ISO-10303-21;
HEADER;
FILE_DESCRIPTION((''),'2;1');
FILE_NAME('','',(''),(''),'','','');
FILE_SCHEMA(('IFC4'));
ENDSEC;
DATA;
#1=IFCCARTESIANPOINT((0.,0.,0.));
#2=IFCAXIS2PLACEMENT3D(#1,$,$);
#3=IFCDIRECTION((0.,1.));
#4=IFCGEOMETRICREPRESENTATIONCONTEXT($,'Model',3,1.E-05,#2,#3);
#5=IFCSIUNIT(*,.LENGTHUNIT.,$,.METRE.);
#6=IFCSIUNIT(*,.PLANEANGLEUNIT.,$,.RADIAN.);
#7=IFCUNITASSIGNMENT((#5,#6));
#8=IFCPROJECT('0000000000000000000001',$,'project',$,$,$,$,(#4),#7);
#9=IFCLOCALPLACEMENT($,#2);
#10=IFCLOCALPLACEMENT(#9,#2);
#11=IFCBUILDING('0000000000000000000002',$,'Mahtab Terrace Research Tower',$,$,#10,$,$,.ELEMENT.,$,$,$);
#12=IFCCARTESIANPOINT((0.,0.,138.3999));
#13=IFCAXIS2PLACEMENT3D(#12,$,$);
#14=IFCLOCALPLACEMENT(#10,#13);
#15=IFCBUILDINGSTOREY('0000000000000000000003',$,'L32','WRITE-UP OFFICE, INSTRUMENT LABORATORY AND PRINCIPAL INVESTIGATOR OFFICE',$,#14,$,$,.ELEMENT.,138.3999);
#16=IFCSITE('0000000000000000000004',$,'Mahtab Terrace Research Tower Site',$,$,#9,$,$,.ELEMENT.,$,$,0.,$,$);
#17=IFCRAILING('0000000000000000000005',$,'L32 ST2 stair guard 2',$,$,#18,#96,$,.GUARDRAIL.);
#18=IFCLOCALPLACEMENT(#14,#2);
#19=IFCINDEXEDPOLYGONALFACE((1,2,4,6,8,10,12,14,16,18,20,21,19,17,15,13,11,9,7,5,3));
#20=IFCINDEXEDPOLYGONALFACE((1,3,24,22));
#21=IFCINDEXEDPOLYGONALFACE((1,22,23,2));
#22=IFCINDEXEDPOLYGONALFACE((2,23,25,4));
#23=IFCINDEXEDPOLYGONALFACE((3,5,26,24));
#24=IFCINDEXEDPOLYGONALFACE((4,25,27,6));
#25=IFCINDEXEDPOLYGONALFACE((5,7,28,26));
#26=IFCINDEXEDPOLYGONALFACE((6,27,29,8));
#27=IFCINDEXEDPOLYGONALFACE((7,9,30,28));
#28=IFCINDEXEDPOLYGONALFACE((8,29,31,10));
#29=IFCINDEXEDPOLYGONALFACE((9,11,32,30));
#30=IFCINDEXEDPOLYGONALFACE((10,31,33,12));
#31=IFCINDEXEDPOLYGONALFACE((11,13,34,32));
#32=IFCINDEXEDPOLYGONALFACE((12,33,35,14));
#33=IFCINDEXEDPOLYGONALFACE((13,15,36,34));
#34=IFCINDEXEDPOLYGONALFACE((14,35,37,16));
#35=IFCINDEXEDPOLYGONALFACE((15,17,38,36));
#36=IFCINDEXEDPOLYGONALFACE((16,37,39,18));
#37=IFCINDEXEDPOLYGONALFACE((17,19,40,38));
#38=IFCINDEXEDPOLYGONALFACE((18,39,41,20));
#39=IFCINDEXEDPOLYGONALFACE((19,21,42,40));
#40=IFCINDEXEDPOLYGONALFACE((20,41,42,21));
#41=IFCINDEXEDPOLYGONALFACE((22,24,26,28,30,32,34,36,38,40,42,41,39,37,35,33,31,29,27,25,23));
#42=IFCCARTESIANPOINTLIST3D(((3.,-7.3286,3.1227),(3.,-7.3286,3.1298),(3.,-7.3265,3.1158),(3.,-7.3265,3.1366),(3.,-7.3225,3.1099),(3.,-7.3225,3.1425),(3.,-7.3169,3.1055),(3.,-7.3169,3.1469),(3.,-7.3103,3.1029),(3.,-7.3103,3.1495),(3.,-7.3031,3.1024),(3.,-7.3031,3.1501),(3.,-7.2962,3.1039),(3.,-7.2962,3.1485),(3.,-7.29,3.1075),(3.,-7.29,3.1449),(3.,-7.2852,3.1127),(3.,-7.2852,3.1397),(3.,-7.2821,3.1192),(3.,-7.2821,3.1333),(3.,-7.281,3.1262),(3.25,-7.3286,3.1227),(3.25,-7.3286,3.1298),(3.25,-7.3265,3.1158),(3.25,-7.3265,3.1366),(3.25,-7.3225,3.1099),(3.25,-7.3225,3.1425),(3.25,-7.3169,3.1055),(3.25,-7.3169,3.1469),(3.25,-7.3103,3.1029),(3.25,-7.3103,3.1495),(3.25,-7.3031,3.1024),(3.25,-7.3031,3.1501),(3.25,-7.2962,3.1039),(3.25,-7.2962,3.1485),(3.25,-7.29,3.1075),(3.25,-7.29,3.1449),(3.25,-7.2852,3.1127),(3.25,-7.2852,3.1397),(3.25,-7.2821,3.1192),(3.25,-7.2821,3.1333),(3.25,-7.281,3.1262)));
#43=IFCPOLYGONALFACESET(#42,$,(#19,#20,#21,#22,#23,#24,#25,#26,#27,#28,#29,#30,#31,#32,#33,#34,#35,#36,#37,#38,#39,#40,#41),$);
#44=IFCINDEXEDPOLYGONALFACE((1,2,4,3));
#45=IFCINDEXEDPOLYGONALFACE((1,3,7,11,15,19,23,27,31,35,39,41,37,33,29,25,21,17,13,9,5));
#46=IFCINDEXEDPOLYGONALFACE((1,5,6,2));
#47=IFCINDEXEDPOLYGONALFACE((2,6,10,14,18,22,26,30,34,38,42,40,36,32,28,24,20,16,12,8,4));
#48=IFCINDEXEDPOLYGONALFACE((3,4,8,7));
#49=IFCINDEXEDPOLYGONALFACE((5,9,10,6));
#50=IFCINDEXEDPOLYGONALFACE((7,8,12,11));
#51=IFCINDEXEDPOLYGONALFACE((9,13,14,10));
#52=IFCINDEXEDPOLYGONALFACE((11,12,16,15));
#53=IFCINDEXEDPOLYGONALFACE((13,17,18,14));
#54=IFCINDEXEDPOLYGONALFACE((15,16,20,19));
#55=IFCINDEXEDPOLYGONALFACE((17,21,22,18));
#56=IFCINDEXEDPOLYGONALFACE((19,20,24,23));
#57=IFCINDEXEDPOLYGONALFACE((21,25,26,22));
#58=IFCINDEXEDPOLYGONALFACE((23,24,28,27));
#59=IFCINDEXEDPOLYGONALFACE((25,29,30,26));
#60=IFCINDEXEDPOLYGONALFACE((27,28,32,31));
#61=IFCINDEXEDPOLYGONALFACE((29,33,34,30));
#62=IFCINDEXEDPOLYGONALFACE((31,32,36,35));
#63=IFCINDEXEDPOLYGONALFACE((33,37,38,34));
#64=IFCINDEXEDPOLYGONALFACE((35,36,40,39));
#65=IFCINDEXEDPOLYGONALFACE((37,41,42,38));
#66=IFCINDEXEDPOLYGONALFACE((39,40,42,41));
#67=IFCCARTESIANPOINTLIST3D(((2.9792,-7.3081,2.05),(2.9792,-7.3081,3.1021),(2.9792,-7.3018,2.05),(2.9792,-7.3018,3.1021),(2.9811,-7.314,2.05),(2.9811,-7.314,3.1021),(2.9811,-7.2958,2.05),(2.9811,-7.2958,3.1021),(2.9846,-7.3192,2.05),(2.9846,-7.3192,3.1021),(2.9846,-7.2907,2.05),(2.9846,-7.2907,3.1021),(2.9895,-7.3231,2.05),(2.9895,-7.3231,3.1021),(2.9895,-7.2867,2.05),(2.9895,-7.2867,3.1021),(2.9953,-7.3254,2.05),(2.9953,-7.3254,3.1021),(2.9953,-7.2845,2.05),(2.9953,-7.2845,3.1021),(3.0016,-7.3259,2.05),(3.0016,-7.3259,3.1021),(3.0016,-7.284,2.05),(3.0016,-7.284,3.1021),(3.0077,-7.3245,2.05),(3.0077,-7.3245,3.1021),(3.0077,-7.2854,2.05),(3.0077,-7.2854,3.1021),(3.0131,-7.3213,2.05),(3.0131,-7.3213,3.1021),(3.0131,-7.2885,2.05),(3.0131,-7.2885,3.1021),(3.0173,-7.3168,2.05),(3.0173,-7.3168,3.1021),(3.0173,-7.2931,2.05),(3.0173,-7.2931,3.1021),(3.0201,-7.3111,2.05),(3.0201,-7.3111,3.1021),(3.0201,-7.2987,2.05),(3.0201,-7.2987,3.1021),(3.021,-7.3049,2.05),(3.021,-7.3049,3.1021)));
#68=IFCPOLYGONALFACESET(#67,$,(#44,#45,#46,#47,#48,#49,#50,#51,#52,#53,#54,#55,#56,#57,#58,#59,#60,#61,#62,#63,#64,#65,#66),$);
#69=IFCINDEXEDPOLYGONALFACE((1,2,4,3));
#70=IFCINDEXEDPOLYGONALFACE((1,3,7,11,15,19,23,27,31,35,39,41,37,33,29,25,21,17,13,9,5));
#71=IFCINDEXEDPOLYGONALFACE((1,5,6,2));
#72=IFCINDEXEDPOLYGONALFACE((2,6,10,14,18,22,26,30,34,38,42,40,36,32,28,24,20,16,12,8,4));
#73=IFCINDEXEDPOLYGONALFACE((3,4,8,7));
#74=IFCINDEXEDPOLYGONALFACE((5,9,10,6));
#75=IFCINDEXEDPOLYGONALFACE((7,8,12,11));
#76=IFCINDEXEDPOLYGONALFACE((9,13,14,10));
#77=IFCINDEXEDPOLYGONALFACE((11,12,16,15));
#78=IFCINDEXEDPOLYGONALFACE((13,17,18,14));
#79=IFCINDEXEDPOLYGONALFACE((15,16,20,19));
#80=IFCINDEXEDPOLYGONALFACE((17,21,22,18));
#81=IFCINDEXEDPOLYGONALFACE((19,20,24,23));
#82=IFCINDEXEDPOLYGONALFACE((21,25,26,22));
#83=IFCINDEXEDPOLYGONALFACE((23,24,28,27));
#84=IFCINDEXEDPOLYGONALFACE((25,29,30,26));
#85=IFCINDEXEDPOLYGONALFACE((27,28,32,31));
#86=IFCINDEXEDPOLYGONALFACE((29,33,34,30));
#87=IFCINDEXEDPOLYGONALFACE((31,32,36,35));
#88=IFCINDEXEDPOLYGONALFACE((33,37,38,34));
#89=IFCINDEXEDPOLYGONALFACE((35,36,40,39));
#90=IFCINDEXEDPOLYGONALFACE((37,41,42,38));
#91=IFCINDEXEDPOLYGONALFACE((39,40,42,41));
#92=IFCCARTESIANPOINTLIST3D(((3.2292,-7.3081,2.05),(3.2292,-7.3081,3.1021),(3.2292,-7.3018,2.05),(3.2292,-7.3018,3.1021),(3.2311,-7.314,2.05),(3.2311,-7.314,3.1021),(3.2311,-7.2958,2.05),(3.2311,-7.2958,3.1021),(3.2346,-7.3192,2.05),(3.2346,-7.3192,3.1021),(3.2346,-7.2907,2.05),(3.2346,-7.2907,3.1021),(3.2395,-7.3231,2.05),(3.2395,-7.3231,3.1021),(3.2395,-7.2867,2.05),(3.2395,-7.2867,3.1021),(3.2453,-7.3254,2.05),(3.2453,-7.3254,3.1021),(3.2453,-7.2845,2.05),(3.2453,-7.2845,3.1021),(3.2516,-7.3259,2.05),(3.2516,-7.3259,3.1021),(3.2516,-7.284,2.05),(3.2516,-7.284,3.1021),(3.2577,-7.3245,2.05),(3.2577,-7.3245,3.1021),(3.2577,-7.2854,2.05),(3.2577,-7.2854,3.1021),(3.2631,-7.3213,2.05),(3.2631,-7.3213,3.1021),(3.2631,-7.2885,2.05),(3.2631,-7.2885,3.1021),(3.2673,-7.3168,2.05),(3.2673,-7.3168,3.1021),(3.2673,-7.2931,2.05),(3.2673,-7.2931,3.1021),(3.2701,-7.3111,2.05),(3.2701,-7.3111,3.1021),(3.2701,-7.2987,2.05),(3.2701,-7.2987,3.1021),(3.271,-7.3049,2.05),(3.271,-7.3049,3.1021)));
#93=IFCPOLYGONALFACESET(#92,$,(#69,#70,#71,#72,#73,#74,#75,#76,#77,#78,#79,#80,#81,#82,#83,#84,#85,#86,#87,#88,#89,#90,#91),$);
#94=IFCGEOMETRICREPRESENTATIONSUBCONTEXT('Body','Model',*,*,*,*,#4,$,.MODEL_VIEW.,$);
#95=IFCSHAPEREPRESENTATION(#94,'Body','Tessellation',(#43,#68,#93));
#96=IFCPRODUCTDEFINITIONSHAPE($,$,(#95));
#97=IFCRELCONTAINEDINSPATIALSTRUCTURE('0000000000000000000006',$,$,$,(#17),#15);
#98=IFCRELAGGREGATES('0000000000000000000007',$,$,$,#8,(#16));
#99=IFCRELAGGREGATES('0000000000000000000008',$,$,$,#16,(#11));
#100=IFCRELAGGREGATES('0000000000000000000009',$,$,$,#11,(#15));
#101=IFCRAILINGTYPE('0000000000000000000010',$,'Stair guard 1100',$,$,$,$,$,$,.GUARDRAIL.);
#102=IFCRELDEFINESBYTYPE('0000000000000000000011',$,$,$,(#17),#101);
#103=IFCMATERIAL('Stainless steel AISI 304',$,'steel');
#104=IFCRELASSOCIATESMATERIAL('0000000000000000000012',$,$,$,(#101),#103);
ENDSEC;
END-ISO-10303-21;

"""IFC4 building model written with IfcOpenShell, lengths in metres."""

from ifc_helpers import new_model, si_unit, direction, frame, origin, origin_2d, place, context, subcontext, project, spatial, circle, extrude, material, type_object, element, save


model = new_model("IFC4")

# Units and contexts
model_context = context("Model", 3, precision=1e-05, world=origin(), true_north=direction((0.0, 1.0)))
body_context = subcontext(model_context, "Body", "Model", "MODEL_VIEW")
ifc_project = project(units=[si_unit("LENGTHUNIT", "METRE"), si_unit("PLANEANGLEUNIT", "RADIAN")], contexts=[model_context])

# Site, building, storey
site_placement = place(None, origin())
site = spatial("IfcSite", under=ifc_project, at=site_placement, Name="Mahtab Terrace Research Tower Site", CompositionType="ELEMENT", RefElevation=0.0)
building_placement = place(site_placement, origin())
building = spatial("IfcBuilding", under=site, at=building_placement, Name="Mahtab Terrace Research Tower", CompositionType="ELEMENT")
storey_placement = place(building_placement, frame((0.0, 0.0, 138.3999)))
storey = spatial("IfcBuildingStorey", under=building, at=storey_placement, Name="L32", Description="WRITE-UP OFFICE, INSTRUMENT LABORATORY AND PRINCIPAL INVESTIGATOR OFFICE", CompositionType="ELEMENT", Elevation=138.3999)

# Railing
ifc_material_1 = material(Name="Stainless steel AISI 304", Category="steel")
railing_type_1 = type_object("IfcRailingType", Name="Stair guard 1100", PredefinedType="GUARDRAIL", material=ifc_material_1)
railing_1_placement = place(storey_placement, frame((3.0, -7.3049, 2.05)))
element("IfcRailing", 1, at=railing_1_placement, inside=storey, type_object=railing_type_1, Name="L32 ST2 stair guard 2", PredefinedType="GUARDRAIL", context=body_context, shape_type="SweptSolid", body=[
    extrude(circle(Radius=0.0239, at=origin_2d()), frame((0.0, 0.0, 1.0762), z_axis=(1.0, 0.0, 0.0), x_axis=(0.0, 1.0, 0.0)), (0.0, 0.0, 1.0), 0.25),
    extrude(circle(Radius=0.021, at=origin_2d()), origin(), (0.0, 0.0, 1.0), 1.052),
    extrude(circle(Radius=0.021, at=origin_2d()), frame((0.25, 0.0, 0.0)), (0.0, 0.0, 1.0), 1.052),
])

save(model, "model.ifc")
